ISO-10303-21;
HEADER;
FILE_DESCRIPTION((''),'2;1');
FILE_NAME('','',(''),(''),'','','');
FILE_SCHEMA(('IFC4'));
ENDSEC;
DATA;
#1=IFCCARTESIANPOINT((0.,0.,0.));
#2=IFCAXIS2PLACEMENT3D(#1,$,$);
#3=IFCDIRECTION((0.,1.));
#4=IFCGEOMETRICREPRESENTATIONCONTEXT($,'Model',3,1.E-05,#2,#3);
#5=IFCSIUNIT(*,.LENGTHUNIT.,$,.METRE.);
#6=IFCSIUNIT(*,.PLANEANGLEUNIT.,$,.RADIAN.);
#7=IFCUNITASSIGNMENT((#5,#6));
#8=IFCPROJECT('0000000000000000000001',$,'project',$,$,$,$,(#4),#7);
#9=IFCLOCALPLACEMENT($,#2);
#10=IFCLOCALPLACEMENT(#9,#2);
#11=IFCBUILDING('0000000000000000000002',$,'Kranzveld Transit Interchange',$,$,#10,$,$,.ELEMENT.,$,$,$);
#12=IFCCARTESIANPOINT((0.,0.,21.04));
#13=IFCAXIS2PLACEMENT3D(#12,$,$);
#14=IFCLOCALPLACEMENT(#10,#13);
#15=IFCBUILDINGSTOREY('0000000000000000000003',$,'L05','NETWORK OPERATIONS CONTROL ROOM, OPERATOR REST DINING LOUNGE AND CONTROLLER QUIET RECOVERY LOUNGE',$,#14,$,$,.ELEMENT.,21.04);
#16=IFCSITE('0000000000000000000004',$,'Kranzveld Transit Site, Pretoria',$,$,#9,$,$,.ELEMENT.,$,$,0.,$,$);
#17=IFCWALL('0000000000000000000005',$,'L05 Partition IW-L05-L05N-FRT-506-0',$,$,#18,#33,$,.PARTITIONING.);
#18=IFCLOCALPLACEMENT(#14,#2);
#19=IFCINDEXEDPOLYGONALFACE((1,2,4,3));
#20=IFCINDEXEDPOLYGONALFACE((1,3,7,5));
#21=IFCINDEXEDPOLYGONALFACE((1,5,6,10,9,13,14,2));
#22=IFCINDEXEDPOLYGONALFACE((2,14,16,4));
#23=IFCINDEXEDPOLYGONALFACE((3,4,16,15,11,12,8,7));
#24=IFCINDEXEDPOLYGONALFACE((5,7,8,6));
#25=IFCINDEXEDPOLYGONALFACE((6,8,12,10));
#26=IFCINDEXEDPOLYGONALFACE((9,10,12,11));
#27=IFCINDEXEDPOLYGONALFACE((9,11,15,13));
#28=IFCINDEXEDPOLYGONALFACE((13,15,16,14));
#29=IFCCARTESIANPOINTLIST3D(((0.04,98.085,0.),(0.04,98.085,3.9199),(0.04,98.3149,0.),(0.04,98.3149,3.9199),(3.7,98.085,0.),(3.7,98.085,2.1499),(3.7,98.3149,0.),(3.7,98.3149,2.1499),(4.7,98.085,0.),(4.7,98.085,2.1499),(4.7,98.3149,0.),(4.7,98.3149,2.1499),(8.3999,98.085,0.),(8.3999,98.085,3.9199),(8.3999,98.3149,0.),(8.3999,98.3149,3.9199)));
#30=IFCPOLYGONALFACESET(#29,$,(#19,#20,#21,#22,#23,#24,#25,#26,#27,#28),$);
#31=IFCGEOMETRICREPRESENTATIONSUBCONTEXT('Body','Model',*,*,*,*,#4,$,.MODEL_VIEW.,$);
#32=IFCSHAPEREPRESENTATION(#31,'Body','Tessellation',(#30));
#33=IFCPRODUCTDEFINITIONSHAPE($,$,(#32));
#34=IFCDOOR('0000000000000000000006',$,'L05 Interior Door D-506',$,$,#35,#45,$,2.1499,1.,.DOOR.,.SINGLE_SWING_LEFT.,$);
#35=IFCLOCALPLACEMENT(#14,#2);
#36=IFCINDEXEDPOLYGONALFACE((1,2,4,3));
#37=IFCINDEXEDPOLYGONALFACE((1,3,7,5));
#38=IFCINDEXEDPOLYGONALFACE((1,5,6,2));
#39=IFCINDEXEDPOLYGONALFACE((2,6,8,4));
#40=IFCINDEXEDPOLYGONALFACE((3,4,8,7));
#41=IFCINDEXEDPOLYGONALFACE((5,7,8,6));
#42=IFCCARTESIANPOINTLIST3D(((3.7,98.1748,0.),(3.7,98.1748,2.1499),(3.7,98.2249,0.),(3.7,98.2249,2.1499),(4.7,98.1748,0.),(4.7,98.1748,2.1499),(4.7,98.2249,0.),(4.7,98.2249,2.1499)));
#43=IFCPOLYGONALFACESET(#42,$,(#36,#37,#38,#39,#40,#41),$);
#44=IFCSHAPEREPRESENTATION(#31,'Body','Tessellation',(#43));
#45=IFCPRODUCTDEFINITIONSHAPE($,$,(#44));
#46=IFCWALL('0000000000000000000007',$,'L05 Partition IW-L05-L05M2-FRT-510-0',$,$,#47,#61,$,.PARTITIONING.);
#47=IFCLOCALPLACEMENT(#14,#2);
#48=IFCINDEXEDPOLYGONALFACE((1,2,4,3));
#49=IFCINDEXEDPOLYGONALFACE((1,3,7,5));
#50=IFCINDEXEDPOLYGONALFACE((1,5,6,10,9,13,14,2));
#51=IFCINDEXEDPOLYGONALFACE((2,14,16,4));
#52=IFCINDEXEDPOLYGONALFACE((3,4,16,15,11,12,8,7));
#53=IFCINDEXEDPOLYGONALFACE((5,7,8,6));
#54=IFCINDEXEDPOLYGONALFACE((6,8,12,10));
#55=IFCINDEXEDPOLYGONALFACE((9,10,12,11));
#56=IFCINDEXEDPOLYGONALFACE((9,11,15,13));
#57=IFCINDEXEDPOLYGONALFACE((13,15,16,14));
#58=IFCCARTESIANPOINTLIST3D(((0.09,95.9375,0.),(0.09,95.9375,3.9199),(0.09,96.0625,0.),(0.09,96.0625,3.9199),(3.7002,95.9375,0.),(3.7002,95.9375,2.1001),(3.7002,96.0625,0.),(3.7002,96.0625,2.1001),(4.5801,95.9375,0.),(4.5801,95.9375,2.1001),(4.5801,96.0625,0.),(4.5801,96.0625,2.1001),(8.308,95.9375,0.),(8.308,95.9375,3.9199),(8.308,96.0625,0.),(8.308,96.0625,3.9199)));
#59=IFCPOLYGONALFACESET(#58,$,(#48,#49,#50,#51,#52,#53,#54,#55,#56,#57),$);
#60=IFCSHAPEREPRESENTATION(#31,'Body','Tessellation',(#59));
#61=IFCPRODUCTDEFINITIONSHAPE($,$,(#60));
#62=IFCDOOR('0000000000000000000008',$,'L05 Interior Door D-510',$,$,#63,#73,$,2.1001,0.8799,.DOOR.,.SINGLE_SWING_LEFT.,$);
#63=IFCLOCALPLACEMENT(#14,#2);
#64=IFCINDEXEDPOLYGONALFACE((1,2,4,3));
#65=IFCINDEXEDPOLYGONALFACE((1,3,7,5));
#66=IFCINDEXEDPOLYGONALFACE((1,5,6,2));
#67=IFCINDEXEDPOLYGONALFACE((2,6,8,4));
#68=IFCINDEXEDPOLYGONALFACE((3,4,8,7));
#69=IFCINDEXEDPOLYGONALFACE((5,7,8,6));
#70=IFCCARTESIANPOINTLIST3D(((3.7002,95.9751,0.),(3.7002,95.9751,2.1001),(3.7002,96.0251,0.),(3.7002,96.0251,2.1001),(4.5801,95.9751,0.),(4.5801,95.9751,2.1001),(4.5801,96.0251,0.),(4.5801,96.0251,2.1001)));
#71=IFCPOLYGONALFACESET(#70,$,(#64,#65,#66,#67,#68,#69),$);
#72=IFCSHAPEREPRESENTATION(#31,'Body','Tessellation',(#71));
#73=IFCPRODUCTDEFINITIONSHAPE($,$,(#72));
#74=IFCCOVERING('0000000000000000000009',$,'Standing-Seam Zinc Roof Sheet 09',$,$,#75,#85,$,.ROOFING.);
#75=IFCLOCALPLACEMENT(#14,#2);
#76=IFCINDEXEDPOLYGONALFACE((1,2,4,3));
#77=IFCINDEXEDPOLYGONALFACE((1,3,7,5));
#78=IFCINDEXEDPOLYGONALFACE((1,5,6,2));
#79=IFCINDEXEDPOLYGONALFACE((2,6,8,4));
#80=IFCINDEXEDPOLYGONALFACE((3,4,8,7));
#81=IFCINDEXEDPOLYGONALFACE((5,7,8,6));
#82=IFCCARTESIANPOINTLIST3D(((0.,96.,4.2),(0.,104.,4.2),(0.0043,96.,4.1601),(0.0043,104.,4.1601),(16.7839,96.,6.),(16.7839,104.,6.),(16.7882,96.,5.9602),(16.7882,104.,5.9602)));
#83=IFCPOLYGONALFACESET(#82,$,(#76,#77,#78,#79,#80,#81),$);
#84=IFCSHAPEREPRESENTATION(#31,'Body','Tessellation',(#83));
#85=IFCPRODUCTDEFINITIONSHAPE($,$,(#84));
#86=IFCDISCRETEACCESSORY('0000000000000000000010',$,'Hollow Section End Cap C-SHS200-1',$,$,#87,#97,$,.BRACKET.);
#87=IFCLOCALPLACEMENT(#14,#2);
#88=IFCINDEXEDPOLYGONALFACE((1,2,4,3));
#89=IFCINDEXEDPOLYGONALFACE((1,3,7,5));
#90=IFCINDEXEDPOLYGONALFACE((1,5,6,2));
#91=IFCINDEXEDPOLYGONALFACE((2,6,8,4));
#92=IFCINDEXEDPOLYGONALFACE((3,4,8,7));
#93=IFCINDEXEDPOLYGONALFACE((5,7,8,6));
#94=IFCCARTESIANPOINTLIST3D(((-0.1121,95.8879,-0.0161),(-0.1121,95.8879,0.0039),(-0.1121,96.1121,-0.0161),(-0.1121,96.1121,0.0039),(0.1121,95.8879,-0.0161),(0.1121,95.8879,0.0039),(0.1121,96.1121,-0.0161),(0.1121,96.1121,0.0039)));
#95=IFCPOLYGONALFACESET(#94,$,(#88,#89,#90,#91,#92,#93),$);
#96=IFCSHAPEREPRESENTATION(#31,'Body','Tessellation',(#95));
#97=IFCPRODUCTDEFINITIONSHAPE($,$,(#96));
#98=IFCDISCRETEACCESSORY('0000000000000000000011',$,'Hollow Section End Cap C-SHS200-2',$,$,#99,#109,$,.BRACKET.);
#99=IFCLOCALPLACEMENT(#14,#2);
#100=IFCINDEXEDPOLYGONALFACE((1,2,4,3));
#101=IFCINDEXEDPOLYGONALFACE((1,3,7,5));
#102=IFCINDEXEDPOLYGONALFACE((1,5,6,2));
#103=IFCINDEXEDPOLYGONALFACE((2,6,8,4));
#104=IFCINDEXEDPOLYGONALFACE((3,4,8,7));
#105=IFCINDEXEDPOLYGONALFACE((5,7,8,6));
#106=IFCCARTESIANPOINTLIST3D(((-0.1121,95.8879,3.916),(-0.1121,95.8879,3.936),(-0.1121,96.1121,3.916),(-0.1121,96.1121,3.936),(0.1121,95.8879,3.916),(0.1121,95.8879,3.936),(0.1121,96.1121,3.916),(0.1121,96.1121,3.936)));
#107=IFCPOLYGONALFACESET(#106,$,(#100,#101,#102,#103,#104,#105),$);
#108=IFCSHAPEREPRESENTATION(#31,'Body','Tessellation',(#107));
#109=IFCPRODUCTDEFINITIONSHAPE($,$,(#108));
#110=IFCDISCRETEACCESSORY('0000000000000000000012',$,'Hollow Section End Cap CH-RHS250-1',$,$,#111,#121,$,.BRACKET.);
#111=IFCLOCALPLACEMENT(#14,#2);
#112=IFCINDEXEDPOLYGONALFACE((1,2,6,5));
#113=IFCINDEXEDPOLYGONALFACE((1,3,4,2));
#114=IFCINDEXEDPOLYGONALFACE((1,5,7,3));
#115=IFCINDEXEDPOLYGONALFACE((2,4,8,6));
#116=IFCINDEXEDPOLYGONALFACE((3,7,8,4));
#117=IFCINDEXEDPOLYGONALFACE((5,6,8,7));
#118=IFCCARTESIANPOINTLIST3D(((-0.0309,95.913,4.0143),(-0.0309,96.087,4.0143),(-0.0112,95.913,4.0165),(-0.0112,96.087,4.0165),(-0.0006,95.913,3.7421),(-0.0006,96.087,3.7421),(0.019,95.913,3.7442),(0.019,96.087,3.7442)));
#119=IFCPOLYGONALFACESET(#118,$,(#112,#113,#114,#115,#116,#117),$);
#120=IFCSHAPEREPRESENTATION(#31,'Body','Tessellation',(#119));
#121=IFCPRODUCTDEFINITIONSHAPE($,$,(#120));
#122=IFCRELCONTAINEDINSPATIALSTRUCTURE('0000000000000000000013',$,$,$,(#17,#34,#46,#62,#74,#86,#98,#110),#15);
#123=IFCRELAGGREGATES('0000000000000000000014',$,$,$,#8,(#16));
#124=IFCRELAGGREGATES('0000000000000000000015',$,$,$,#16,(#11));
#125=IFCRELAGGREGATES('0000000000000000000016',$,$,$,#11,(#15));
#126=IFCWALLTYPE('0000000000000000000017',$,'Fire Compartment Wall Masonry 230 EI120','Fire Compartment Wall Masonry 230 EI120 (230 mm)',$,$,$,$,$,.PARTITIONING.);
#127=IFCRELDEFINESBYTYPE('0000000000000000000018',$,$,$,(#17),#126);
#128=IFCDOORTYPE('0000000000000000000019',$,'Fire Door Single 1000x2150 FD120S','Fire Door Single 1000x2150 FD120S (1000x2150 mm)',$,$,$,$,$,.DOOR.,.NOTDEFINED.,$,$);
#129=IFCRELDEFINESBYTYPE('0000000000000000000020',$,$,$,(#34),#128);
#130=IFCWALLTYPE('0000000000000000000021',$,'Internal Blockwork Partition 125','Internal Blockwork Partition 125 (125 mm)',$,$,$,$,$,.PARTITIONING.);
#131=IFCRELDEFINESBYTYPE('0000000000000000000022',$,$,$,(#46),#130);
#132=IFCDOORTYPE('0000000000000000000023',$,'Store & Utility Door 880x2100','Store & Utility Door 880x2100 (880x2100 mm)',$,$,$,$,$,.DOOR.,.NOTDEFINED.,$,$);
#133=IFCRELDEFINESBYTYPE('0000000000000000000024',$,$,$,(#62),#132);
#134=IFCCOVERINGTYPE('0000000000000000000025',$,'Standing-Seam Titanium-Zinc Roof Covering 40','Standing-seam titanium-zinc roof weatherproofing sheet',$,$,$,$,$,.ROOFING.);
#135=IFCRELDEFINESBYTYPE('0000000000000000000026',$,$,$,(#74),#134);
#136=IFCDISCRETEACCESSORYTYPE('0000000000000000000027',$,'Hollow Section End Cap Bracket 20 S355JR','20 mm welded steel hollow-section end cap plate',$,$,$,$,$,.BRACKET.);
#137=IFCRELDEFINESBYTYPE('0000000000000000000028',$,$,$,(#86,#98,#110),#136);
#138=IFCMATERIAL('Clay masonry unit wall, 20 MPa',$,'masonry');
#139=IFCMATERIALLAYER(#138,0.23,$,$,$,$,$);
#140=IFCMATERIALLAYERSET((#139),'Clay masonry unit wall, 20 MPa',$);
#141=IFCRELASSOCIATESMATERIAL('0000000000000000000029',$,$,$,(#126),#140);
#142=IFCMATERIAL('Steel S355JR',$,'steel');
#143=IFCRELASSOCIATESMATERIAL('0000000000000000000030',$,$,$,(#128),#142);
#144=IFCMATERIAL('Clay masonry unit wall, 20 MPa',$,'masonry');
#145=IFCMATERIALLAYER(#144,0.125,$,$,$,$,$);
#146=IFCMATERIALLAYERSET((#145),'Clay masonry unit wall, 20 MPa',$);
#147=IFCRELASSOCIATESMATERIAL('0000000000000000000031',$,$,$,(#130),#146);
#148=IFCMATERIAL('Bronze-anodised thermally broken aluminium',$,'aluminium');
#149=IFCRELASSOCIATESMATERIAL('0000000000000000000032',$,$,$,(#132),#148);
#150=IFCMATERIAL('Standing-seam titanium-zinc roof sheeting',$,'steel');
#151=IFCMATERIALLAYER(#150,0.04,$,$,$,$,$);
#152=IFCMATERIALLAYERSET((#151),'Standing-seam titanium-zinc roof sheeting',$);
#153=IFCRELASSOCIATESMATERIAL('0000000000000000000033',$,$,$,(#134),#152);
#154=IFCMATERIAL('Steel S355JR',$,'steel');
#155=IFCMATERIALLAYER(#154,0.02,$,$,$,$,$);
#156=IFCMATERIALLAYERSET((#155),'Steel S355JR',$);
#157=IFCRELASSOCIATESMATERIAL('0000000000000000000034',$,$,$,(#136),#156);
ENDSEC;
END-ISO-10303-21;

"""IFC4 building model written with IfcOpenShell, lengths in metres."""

from ifc_helpers import new_model, si_unit, direction, frame, frame_2d, origin, origin_2d, place, context, subcontext, project, spatial, polyline, rectangle, outline, extrude, material, layer, layer_set, type_object, element, fill, save


model = new_model("IFC4")

# Units and contexts
model_context = context("Model", 3, precision=1e-05, world=origin(), true_north=direction((0.0, 1.0)))
body_context = subcontext(model_context, "Body", "Model", "MODEL_VIEW")
ifc_project = project(units=[si_unit("LENGTHUNIT", "METRE"), si_unit("PLANEANGLEUNIT", "RADIAN")], contexts=[model_context])

# Site, building, storey
site_placement = place(None, origin())
site = spatial("IfcSite", under=ifc_project, at=site_placement, Name="Kranzveld Transit Site, Pretoria", CompositionType="ELEMENT", RefElevation=0.0)
building_placement = place(site_placement, origin())
building = spatial("IfcBuilding", under=site, at=building_placement, Name="Kranzveld Transit Interchange", CompositionType="ELEMENT")
storey_placement = place(building_placement, frame((0.0, 0.0, 21.04)))
storey = spatial("IfcBuildingStorey", under=building, at=storey_placement, Name="L05", Description="NETWORK OPERATIONS CONTROL ROOM, OPERATOR REST DINING LOUNGE AND CONTROLLER QUIET RECOVERY LOUNGE", CompositionType="ELEMENT", Elevation=21.04)

# Walls, openings, doors
ifc_material_1 = material(Name="Clay masonry unit wall, 20 MPa", Category="masonry")
ifc_layer_1 = layer(ifc_material_1, 0.23)
ifc_layer_set_1 = layer_set([ifc_layer_1], Name="Clay masonry unit wall, 20 MPa")
wall_type_1 = type_object("IfcWallType", Name="Fire Compartment Wall Masonry 230 EI120", Description="Fire Compartment Wall Masonry 230 EI120 (230 mm)", PredefinedType="PARTITIONING", material=ifc_layer_set_1)
wall_1_placement = place(storey_placement, frame((0.04, 98.2, 0.0), z_axis=(0.0, 0.0, 1.0), x_axis=(1.0, 0.0, 0.0)))
wall_1 = element("IfcWall", 1, at=wall_1_placement, inside=storey, type_object=wall_type_1, Name="L05 Partition IW-L05-L05N-FRT-506-0", PredefinedType="PARTITIONING", context=body_context, shape_type="SweptSolid", body=[
    extrude(rectangle(XDim=8.3599, YDim=0.23, at=frame_2d((4.1799, 0.0))), origin(), (0.0, 0.0, 1.0), 3.9199),
])
opening_1_placement = place(wall_1_placement, frame((3.6599, 0.0, 0.0), z_axis=(0.0, 0.0, 1.0), x_axis=(1.0, 0.0, 0.0)))
opening_1 = element("IfcOpeningElement", 2, at=opening_1_placement, cuts=wall_1, PredefinedType="OPENING", context=body_context, shape_type="SweptSolid", body=[
    extrude(rectangle(XDim=1.0, YDim=2.1499, at=frame_2d((0.5, 1.075))), frame((0.0, 0.125, 0.0), z_axis=(0.0, -1.0, 0.0), x_axis=(1.0, 0.0, 0.0)), (0.0, 0.0, 1.0), 0.25),
])
ifc_material_2 = material(Name="Steel S355JR", Category="steel")
door_type_1 = type_object("IfcDoorType", Name="Fire Door Single 1000x2150 FD120S", Description="Fire Door Single 1000x2150 FD120S (1000x2150 mm)", OperationType="NOTDEFINED", PredefinedType="DOOR", material=ifc_material_2)
door_1_placement = place(opening_1_placement, origin())
door_1 = element("IfcDoor", 3, at=door_1_placement, inside=storey, type_object=door_type_1, Name="L05 Interior Door D-506", OperationType="SINGLE_SWING_LEFT", OverallHeight=2.1499, OverallWidth=1.0, PredefinedType="DOOR", context=body_context, shape_type="SweptSolid", body=[
    extrude(rectangle(XDim=1.0, YDim=2.1499, at=frame_2d((0.5, 1.075))), frame((0.0, 0.0249, 0.0), z_axis=(0.0, -1.0, 0.0), x_axis=(1.0, 0.0, 0.0)), (0.0, 0.0, 1.0), 0.05),
])
fill(opening_1, door_1)
ifc_material_3 = material(Name="Clay masonry unit wall, 20 MPa", Category="masonry")
ifc_layer_2 = layer(ifc_material_3, 0.125)
ifc_layer_set_2 = layer_set([ifc_layer_2], Name="Clay masonry unit wall, 20 MPa")
wall_type_2 = type_object("IfcWallType", Name="Internal Blockwork Partition 125", Description="Internal Blockwork Partition 125 (125 mm)", PredefinedType="PARTITIONING", material=ifc_layer_set_2)
wall_2_placement = place(storey_placement, frame((0.0901, 96.0, 0.0), z_axis=(0.0, 0.0, 1.0), x_axis=(1.0, 0.0, 0.0)))
wall_2 = element("IfcWall", 4, at=wall_2_placement, inside=storey, type_object=wall_type_2, Name="L05 Partition IW-L05-L05M2-FRT-510-0", PredefinedType="PARTITIONING", context=body_context, shape_type="SweptSolid", body=[
    extrude(rectangle(XDim=8.218, YDim=0.125, at=frame_2d((4.1089, 0.0))), origin(), (0.0, 0.0, 1.0), 3.9199),
])
opening_2_placement = place(wall_2_placement, frame((4.49, 0.0, 0.0), z_axis=(0.0, 0.0, 1.0), x_axis=(-1.0, 0.0, 0.0)))
opening_2 = element("IfcOpeningElement", 5, at=opening_2_placement, cuts=wall_2, PredefinedType="OPENING", context=body_context, shape_type="SweptSolid", body=[
    extrude(rectangle(XDim=0.8799, YDim=2.1001, at=frame_2d((0.4399, 1.05))), frame((0.0, 0.0725, 0.0), z_axis=(0.0, -1.0, 0.0), x_axis=(1.0, 0.0, 0.0)), (0.0, 0.0, 1.0), 0.145),
])
ifc_material_4 = material(Name="Bronze-anodised thermally broken aluminium", Category="aluminium")
door_type_2 = type_object("IfcDoorType", Name="Store & Utility Door 880x2100", Description="Store & Utility Door 880x2100 (880x2100 mm)", OperationType="NOTDEFINED", PredefinedType="DOOR", material=ifc_material_4)
door_2_placement = place(opening_2_placement, origin())
door_2 = element("IfcDoor", 6, at=door_2_placement, inside=storey, type_object=door_type_2, Name="L05 Interior Door D-510", OperationType="SINGLE_SWING_LEFT", OverallHeight=2.1001, OverallWidth=0.8799, PredefinedType="DOOR", context=body_context, shape_type="SweptSolid", body=[
    extrude(rectangle(XDim=0.8799, YDim=2.1001, at=frame_2d((0.4399, 1.05))), frame((0.0, 0.0249, 0.0), z_axis=(0.0, -1.0, 0.0), x_axis=(1.0, 0.0, 0.0)), (0.0, 0.0, 1.0), 0.05),
])
fill(opening_2, door_2)

# Covering
ifc_material_5 = material(Name="Standing-seam titanium-zinc roof sheeting", Category="steel")
ifc_layer_3 = layer(ifc_material_5, 0.04)
ifc_layer_set_3 = layer_set([ifc_layer_3], Name="Standing-seam titanium-zinc roof sheeting")
covering_type = type_object("IfcCoveringType", Name="Standing-Seam Titanium-Zinc Roof Covering 40", Description="Standing-seam titanium-zinc roof weatherproofing sheet", PredefinedType="ROOFING", material=ifc_layer_set_3)
covering_placement = place(storey_placement, frame((0.0, 96.0, 4.2), z_axis=(-0.106637, 0.0, 0.994298), x_axis=(0.994298, 0.0, 0.106637)))
element("IfcCovering", 7, at=covering_placement, inside=storey, type_object=covering_type, Name="Standing-Seam Zinc Roof Sheet 09", PredefinedType="ROOFING", context=body_context, shape_type="SweptSolid", body=[
    extrude(outline(polyline([(0.0, 0.0), (16.8802, 0.0), (16.8802, 8.0), (0.0, 8.0), (0.0, 0.0)])), origin(), (0.0, 0.0, -1.0), 0.04),
])

# Discrete accessories
ifc_material_6 = material(Name="Steel S355JR", Category="steel")
ifc_layer_4 = layer(ifc_material_6, 0.02)
ifc_layer_set_4 = layer_set([ifc_layer_4], Name="Steel S355JR")
discrete_accessory_type = type_object("IfcDiscreteAccessoryType", Name="Hollow Section End Cap Bracket 20 S355JR", Description="20 mm welded steel hollow-section end cap plate", PredefinedType="BRACKET", material=ifc_layer_set_4)
for number, where, z_axis, x_axis, name in (
    (8, (0.0, 96.0, 0.0039), (0.0, 0.0, -1.0), (1.0, 0.0, 0.0), "Hollow Section End Cap C-SHS200-1"),
    (9, (0.0, 96.0, 3.916), (0.0, 0.0, 1.0), (1.0, 0.0, 0.0), "Hollow Section End Cap C-SHS200-2"),
):
    element("IfcDiscreteAccessory", number, at=place(storey_placement, frame(where, z_axis=z_axis, x_axis=x_axis)), inside=storey, type_object=discrete_accessory_type, Name=name, PredefinedType="BRACKET", context=body_context, shape_type="SweptSolid", body=[
        extrude(rectangle(XDim=0.2241, YDim=0.2241, at=origin_2d()), origin(), (0.0, 0.0, 1.0), 0.02),
    ])
discrete_accessory_placement = place(storey_placement, frame((0.0039, 96.0, 3.8804), z_axis=(-0.993884, 0.0, -0.110432), x_axis=(0.0, -1.0, 0.0)))
element("IfcDiscreteAccessory", 10, at=discrete_accessory_placement, inside=storey, type_object=discrete_accessory_type, Name="Hollow Section End Cap CH-RHS250-1", PredefinedType="BRACKET", context=body_context, shape_type="SweptSolid", body=[
    extrude(rectangle(XDim=0.1741, YDim=0.2739, at=origin_2d()), origin(), (0.0, 0.0, 1.0), 0.0198),
])

save(model, "model.ifc")
